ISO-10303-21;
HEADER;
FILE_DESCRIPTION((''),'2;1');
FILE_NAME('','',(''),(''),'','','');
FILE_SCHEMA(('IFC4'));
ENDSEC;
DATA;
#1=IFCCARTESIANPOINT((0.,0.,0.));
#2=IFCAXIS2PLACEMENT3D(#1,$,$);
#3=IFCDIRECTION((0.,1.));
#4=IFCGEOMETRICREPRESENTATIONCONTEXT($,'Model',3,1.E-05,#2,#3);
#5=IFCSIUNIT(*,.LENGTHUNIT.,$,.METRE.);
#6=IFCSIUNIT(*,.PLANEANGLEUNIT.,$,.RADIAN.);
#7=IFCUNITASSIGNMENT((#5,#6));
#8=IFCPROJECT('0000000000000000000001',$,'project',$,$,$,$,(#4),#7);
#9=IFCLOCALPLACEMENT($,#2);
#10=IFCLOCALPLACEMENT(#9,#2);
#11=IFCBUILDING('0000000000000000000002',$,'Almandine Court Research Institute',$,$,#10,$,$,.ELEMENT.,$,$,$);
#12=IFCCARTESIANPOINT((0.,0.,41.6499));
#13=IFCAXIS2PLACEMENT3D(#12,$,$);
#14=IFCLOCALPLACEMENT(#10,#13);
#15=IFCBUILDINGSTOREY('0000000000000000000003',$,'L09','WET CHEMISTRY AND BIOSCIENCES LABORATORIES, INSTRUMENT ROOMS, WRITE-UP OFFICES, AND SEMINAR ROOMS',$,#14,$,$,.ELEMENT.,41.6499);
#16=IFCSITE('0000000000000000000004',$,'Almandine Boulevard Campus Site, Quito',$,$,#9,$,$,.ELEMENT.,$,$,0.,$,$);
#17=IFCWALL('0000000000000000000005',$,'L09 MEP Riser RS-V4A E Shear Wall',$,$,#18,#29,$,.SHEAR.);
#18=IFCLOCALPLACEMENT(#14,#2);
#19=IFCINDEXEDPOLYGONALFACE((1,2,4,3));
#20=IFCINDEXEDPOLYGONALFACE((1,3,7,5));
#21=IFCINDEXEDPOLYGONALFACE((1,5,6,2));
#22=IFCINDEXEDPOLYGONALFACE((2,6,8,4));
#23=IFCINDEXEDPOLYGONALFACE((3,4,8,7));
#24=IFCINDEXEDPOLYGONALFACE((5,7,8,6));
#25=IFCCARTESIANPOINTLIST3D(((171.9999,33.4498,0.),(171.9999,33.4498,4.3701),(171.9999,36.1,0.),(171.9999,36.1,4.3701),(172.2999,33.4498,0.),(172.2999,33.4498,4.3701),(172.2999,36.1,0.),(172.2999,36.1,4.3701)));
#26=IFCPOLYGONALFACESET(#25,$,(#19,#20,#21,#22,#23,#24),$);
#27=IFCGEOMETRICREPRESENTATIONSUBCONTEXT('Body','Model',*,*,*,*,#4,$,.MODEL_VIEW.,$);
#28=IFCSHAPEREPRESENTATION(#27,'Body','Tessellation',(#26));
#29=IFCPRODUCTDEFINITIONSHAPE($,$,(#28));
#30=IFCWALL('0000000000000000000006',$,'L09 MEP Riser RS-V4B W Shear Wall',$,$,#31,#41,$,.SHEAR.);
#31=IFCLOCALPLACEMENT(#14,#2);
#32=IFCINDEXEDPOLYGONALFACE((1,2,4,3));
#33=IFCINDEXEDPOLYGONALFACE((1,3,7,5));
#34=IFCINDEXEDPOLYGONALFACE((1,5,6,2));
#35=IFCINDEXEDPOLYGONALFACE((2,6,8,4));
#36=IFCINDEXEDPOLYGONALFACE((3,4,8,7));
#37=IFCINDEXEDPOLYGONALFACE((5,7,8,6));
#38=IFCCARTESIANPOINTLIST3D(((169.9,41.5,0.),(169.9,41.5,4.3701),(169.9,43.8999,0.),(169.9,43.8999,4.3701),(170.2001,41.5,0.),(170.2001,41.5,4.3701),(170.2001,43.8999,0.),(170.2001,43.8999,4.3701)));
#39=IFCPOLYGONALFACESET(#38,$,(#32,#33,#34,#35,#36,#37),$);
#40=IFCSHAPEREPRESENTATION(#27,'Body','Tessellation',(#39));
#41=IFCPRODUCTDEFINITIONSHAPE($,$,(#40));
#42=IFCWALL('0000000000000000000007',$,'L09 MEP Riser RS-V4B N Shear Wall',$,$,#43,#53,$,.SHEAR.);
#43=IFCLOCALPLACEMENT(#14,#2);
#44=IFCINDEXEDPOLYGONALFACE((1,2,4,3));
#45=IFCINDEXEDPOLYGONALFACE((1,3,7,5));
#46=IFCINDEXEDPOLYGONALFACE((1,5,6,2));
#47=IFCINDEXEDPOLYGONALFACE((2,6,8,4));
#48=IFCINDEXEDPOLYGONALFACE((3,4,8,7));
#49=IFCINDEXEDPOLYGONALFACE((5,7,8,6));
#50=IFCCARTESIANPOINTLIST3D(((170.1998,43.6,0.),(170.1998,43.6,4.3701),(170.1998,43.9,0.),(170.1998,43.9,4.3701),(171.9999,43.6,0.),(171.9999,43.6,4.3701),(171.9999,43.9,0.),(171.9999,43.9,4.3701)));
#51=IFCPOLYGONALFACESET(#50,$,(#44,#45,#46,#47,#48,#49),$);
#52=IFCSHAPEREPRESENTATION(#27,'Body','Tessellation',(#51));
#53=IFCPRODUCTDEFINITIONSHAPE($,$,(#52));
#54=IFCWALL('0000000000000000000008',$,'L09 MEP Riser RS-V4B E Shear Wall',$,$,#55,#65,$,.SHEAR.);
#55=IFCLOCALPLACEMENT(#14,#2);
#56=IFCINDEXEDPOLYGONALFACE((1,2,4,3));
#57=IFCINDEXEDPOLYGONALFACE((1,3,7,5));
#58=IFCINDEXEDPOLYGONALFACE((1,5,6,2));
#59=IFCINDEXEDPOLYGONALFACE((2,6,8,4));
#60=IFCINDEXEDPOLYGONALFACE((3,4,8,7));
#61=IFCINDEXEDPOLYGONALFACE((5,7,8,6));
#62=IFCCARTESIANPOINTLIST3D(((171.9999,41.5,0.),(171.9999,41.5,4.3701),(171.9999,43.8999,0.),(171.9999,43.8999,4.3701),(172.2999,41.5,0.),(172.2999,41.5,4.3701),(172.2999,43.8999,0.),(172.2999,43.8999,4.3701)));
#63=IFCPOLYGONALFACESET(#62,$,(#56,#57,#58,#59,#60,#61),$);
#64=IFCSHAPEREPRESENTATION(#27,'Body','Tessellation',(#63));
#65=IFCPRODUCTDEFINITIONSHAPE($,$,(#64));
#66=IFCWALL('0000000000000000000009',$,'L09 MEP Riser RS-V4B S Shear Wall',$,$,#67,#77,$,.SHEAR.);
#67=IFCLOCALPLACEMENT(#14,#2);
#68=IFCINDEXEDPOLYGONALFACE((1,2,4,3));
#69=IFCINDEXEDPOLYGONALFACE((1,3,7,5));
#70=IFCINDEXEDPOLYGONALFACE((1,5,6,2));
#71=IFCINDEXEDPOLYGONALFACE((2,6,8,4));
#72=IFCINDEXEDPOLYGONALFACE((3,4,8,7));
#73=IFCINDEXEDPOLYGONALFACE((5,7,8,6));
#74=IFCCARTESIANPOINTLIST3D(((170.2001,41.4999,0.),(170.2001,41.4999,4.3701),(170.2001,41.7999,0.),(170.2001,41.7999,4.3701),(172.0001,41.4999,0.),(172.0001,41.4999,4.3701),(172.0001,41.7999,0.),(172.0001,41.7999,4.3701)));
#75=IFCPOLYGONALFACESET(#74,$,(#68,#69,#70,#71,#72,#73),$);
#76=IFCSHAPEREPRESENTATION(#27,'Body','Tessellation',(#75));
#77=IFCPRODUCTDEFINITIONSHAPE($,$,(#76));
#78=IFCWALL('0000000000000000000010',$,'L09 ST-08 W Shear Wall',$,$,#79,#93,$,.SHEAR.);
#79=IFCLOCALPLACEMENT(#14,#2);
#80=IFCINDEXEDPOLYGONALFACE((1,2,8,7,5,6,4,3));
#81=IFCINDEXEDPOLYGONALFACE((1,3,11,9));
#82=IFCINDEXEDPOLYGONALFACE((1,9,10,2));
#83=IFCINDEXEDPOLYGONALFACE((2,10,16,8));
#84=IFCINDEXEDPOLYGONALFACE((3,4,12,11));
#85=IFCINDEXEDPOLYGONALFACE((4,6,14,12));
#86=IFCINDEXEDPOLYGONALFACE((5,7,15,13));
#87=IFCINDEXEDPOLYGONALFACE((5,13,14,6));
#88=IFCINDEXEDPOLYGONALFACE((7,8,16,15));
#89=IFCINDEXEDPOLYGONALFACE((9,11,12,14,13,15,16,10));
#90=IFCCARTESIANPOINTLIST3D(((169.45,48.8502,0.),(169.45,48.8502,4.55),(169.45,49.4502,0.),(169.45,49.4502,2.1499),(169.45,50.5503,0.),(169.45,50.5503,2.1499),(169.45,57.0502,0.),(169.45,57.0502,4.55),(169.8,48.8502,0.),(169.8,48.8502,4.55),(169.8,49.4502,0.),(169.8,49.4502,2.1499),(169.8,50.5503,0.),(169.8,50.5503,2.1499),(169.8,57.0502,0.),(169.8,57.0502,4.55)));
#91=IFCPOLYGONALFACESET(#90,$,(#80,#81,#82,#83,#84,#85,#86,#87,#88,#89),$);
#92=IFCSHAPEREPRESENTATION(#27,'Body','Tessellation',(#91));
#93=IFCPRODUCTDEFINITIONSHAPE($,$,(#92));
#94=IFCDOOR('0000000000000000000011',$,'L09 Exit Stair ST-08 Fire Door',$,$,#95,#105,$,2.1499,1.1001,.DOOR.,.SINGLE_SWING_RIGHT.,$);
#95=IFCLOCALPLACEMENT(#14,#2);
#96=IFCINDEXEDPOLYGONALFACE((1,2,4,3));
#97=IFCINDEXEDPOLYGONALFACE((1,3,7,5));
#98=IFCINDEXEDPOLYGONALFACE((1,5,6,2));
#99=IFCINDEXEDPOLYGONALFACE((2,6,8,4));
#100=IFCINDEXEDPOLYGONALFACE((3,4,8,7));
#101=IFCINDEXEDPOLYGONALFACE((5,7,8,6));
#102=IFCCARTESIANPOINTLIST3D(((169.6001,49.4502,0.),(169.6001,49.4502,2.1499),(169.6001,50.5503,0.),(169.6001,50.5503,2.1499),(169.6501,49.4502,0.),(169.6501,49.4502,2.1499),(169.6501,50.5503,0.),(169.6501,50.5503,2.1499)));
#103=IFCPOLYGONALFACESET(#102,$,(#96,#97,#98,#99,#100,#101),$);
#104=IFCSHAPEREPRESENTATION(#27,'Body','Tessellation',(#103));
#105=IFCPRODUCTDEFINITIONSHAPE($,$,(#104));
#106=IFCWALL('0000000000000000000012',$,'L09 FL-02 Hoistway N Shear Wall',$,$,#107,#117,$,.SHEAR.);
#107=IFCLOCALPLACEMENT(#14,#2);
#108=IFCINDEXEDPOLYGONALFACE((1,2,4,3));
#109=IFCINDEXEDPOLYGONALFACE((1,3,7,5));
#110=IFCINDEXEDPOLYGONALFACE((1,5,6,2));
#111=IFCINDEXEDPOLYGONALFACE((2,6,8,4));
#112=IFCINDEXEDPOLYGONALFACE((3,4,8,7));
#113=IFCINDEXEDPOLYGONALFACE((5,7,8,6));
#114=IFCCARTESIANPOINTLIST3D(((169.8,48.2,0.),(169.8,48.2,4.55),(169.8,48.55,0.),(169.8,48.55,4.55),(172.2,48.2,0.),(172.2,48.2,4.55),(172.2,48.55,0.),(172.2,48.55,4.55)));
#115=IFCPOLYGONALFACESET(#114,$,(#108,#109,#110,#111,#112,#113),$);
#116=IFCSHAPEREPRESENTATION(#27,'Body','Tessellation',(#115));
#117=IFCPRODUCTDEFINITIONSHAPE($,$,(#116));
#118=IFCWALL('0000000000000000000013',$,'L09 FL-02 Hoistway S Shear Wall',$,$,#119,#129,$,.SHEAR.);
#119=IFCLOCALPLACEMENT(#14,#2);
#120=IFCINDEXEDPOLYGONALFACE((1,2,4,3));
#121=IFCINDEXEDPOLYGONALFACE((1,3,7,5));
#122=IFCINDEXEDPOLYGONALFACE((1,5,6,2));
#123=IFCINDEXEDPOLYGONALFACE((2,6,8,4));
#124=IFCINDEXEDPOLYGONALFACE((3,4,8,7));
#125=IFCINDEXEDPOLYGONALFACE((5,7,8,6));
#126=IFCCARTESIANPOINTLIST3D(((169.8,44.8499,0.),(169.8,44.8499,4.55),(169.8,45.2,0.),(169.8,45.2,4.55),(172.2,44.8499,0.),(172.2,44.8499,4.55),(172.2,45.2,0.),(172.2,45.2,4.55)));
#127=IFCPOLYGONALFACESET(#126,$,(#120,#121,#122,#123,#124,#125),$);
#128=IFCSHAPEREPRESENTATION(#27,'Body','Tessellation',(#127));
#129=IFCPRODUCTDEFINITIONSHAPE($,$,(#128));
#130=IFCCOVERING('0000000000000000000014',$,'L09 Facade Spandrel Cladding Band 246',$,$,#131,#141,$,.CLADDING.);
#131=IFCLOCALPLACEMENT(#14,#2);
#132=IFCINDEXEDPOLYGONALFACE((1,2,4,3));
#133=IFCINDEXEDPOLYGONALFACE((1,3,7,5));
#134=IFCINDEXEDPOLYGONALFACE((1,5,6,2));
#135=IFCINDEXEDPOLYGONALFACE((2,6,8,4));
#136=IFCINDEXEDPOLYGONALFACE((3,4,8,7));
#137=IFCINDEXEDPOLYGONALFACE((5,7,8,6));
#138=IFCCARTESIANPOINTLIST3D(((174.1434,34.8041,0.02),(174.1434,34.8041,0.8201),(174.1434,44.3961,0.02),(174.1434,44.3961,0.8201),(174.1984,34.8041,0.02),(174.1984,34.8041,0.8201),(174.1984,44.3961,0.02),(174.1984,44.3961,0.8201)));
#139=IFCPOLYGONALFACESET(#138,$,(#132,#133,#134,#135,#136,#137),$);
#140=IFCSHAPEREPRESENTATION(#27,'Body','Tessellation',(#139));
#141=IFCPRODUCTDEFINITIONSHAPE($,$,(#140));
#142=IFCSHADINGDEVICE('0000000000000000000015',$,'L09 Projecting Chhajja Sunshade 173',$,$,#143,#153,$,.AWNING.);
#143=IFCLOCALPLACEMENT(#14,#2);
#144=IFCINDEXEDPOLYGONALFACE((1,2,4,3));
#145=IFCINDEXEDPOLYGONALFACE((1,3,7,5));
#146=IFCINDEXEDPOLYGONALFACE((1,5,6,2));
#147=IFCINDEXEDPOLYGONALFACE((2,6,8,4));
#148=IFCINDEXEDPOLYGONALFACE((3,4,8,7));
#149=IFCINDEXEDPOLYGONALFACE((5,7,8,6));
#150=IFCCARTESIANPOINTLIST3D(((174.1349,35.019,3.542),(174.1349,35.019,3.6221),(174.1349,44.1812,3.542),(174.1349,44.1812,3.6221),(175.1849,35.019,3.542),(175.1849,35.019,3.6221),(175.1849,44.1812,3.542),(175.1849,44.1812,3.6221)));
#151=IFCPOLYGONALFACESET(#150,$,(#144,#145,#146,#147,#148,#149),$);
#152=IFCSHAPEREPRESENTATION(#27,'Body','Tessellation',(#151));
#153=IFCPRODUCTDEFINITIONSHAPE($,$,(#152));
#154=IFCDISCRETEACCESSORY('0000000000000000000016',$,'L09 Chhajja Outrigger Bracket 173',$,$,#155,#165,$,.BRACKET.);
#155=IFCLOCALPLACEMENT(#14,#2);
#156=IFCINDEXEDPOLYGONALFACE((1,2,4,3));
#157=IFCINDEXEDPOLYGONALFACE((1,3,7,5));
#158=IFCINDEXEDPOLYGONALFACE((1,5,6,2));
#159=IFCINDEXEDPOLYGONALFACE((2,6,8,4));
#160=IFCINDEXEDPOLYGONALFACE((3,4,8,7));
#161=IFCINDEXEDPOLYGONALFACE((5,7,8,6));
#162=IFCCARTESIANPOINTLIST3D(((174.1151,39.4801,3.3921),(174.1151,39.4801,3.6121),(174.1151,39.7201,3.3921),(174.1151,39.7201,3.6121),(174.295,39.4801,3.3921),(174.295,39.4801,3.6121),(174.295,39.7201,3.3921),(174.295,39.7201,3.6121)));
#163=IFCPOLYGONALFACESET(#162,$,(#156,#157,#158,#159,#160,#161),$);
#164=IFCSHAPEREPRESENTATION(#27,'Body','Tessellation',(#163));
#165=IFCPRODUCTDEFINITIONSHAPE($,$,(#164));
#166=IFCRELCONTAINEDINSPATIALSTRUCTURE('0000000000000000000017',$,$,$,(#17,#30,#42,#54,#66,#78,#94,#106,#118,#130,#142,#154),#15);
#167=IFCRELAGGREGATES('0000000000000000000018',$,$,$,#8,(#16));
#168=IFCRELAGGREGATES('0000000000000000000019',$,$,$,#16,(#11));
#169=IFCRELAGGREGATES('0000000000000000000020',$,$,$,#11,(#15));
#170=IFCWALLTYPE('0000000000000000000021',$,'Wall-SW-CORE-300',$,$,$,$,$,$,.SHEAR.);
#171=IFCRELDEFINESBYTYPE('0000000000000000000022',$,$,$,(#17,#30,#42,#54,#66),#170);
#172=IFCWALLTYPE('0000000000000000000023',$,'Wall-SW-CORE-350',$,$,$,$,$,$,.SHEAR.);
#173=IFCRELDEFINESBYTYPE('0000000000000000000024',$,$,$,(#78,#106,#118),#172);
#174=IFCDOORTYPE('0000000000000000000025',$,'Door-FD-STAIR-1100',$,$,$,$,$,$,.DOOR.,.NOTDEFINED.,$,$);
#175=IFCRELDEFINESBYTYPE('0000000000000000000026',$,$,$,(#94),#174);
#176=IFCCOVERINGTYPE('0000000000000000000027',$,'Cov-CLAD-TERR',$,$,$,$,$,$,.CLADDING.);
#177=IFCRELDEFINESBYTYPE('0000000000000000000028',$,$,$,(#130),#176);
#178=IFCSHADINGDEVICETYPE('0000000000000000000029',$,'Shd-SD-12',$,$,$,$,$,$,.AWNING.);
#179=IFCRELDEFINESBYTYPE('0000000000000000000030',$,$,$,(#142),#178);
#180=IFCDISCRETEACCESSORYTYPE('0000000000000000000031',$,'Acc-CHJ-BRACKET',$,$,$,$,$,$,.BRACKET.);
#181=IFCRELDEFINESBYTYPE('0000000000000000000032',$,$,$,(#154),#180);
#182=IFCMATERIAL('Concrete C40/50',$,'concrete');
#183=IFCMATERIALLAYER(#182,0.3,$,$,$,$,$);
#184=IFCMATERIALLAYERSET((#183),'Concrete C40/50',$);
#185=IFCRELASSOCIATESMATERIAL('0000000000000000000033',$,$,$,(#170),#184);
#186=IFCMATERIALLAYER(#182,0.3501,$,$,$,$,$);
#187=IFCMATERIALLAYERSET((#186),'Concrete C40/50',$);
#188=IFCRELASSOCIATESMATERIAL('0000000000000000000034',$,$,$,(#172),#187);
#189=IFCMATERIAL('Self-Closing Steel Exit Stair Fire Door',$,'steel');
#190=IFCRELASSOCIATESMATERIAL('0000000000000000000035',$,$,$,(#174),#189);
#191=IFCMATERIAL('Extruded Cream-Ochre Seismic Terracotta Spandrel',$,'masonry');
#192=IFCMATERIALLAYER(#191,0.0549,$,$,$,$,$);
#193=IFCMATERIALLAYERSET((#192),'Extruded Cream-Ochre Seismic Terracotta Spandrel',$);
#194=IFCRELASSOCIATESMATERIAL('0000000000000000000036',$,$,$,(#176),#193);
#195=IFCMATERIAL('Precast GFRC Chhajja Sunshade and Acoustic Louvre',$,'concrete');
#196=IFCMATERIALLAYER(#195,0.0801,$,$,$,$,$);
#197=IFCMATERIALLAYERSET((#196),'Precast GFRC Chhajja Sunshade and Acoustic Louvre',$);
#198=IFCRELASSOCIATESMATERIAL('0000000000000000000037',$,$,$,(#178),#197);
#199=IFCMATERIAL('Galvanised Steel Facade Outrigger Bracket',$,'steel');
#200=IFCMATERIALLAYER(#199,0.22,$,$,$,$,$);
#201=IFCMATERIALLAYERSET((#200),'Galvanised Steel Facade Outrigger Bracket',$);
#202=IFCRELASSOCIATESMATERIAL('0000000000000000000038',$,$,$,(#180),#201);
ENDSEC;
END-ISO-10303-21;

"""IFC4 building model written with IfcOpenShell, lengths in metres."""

from ifc_helpers import new_model, si_unit, direction, frame, frame_2d, origin, origin_2d, place, context, subcontext, project, spatial, rectangle, extrude, material, layer, layer_set, type_object, element, fill, save


model = new_model("IFC4")

# Units and contexts
model_context = context("Model", 3, precision=1e-05, world=origin(), true_north=direction((0.0, 1.0)))
body_context = subcontext(model_context, "Body", "Model", "MODEL_VIEW")
ifc_project = project(units=[si_unit("LENGTHUNIT", "METRE"), si_unit("PLANEANGLEUNIT", "RADIAN")], contexts=[model_context])

# Site, building, storey
site_placement = place(None, origin())
site = spatial("IfcSite", under=ifc_project, at=site_placement, Name="Almandine Boulevard Campus Site, Quito", CompositionType="ELEMENT", RefElevation=0.0)
building_placement = place(site_placement, origin())
building = spatial("IfcBuilding", under=site, at=building_placement, Name="Almandine Court Research Institute", CompositionType="ELEMENT")
storey_placement = place(building_placement, frame((0.0, 0.0, 41.6499)))
storey = spatial("IfcBuildingStorey", under=building, at=storey_placement, Name="L09", Description="WET CHEMISTRY AND BIOSCIENCES LABORATORIES, INSTRUMENT ROOMS, WRITE-UP OFFICES, AND SEMINAR ROOMS", CompositionType="ELEMENT", Elevation=41.6499)

# Walls
ifc_material_1 = material(Name="Concrete C40/50", Category="concrete")
ifc_layer_1 = layer(ifc_material_1, 0.3)
ifc_layer_set_1 = layer_set([ifc_layer_1], Name="Concrete C40/50")
wall_type_1 = type_object("IfcWallType", Name="Wall-SW-CORE-300", PredefinedType="SHEAR", material=ifc_layer_set_1)
wall_1_placement = place(storey_placement, frame((172.1499, 36.1001, 0.0), z_axis=(0.0, 0.0, 1.0), x_axis=(0.0, -1.0, 0.0)))
element("IfcWall", 1, at=wall_1_placement, inside=storey, type_object=wall_type_1, Name="L09 MEP Riser RS-V4A E Shear Wall", PredefinedType="SHEAR", context=body_context, shape_type="SweptSolid", body=[
    extrude(rectangle(XDim=2.6501, YDim=0.3, at=frame_2d((1.3252, 0.0))), origin(), (0.0, 0.0, 1.0), 4.3701),
])
wall_2_placement = place(storey_placement, frame((170.05, 41.5, 0.0), z_axis=(0.0, 0.0, 1.0), x_axis=(0.0, 1.0, 0.0)))
element("IfcWall", 2, at=wall_2_placement, inside=storey, type_object=wall_type_1, Name="L09 MEP Riser RS-V4B W Shear Wall", PredefinedType="SHEAR", context=body_context, shape_type="SweptSolid", body=[
    extrude(rectangle(XDim=2.3999, YDim=0.3, at=frame_2d((1.2, 0.0))), origin(), (0.0, 0.0, 1.0), 4.3701),
])
wall_3_placement = place(storey_placement, frame((170.2, 43.75, 0.0), z_axis=(0.0, 0.0, 1.0), x_axis=(1.0, 0.0, 0.0)))
element("IfcWall", 3, at=wall_3_placement, inside=storey, type_object=wall_type_1, Name="L09 MEP Riser RS-V4B N Shear Wall", PredefinedType="SHEAR", context=body_context, shape_type="SweptSolid", body=[
    extrude(rectangle(XDim=1.8, YDim=0.3, at=frame_2d((0.8999, 0.0))), origin(), (0.0, 0.0, 1.0), 4.3701),
])
wall_4_placement = place(storey_placement, frame((172.1499, 43.8999, 0.0), z_axis=(0.0, 0.0, 1.0), x_axis=(0.0, -1.0, 0.0)))
element("IfcWall", 4, at=wall_4_placement, inside=storey, type_object=wall_type_1, Name="L09 MEP Riser RS-V4B E Shear Wall", PredefinedType="SHEAR", context=body_context, shape_type="SweptSolid", body=[
    extrude(rectangle(XDim=2.3999, YDim=0.3, at=frame_2d((1.2, 0.0))), origin(), (0.0, 0.0, 1.0), 4.3701),
])
wall_5_placement = place(storey_placement, frame((172.0, 41.6499, 0.0), z_axis=(0.0, 0.0, 1.0), x_axis=(-1.0, 0.0, 0.0)))
element("IfcWall", 5, at=wall_5_placement, inside=storey, type_object=wall_type_1, Name="L09 MEP Riser RS-V4B S Shear Wall", PredefinedType="SHEAR", context=body_context, shape_type="SweptSolid", body=[
    extrude(rectangle(XDim=1.8, YDim=0.3, at=frame_2d((0.8999, 0.0))), origin(), (0.0, 0.0, 1.0), 4.3701),
])

# Wall, opening, door
ifc_layer_2 = layer(ifc_material_1, 0.3501)
ifc_layer_set_2 = layer_set([ifc_layer_2], Name="Concrete C40/50")
wall_type_2 = type_object("IfcWallType", Name="Wall-SW-CORE-350", PredefinedType="SHEAR", material=ifc_layer_set_2)
wall_6_placement = place(storey_placement, frame((169.625, 48.8501, 0.0), z_axis=(0.0, 0.0, 1.0), x_axis=(0.0, 1.0, 0.0)))
wall_6 = element("IfcWall", 6, at=wall_6_placement, inside=storey, type_object=wall_type_2, Name="L09 ST-08 W Shear Wall", PredefinedType="SHEAR", context=body_context, shape_type="SweptSolid", body=[
    extrude(rectangle(XDim=8.2, YDim=0.3501, at=frame_2d((4.1001, 0.0))), origin(), (0.0, 0.0, 1.0), 4.55),
])
opening_1_placement = place(wall_6_placement, frame((0.6001, 0.0, 0.0)))
opening_1 = element("IfcOpeningElement", 7, at=opening_1_placement, cuts=wall_6, PredefinedType="OPENING", context=body_context, shape_type="SweptSolid", body=[
    extrude(rectangle(XDim=1.1001, YDim=2.1499, at=frame_2d((0.55, 1.075))), frame((0.0, 0.1851, 0.0), z_axis=(0.0, -1.0, 0.0), x_axis=(1.0, 0.0, 0.0)), (0.0, 0.0, 1.0), 0.3701),
])
ifc_material_2 = material(Name="Self-Closing Steel Exit Stair Fire Door", Category="steel")
door_type_1 = type_object("IfcDoorType", Name="Door-FD-STAIR-1100", OperationType="NOTDEFINED", PredefinedType="DOOR", material=ifc_material_2)
door_1_placement = place(opening_1_placement, origin())
door_1 = element("IfcDoor", 8, at=door_1_placement, inside=storey, type_object=door_type_1, Name="L09 Exit Stair ST-08 Fire Door", OperationType="SINGLE_SWING_RIGHT", OverallHeight=2.1499, OverallWidth=1.1001, PredefinedType="DOOR", context=body_context, shape_type="SweptSolid", body=[
    extrude(rectangle(XDim=1.1001, YDim=2.1499, at=frame_2d((0.55, 1.075))), frame((0.0, 0.0249, 0.0), z_axis=(0.0, -1.0, 0.0), x_axis=(1.0, 0.0, 0.0)), (0.0, 0.0, 1.0), 0.05),
])
fill(opening_1, door_1)

# Walls
for number, where, z_axis, x_axis, name in (
    (9, (169.8, 48.375, 0.0), (0.0, 0.0, 1.0), (1.0, 0.0, 0.0), "L09 FL-02 Hoistway N Shear Wall"),
    (10, (172.2, 45.0249, 0.0), (0.0, 0.0, 1.0), (-1.0, 0.0, 0.0), "L09 FL-02 Hoistway S Shear Wall"),
):
    element("IfcWall", number, at=place(storey_placement, frame(where, z_axis=z_axis, x_axis=x_axis)), inside=storey, type_object=wall_type_2, Name=name, PredefinedType="SHEAR", context=body_context, shape_type="SweptSolid", body=[
        extrude(rectangle(XDim=2.3999, YDim=0.3501, at=frame_2d((1.2, 0.0))), origin(), (0.0, 0.0, 1.0), 4.55),
    ])

# Covering
ifc_material_3 = material(Name="Extruded Cream-Ochre Seismic Terracotta Spandrel", Category="masonry")
ifc_layer_3 = layer(ifc_material_3, 0.0549)
ifc_layer_set_3 = layer_set([ifc_layer_3], Name="Extruded Cream-Ochre Seismic Terracotta Spandrel")
covering_type = type_object("IfcCoveringType", Name="Cov-CLAD-TERR", PredefinedType="CLADDING", material=ifc_layer_set_3)
covering_placement = place(storey_placement, frame((174.1709, 39.6001, 0.02), z_axis=(0.0, 0.0, 1.0), x_axis=(0.0, -1.0, 0.0)))
element("IfcCovering", 11, at=covering_placement, inside=storey, type_object=covering_type, Name="L09 Facade Spandrel Cladding Band 246", PredefinedType="CLADDING", context=body_context, shape_type="SweptSolid", body=[
    extrude(rectangle(XDim=9.592, YDim=0.0549, at=origin_2d()), origin(), (0.0, 0.0, 1.0), 0.8),
])

# Shading device
ifc_material_4 = material(Name="Precast GFRC Chhajja Sunshade and Acoustic Louvre", Category="concrete")
ifc_layer_4 = layer(ifc_material_4, 0.0801)
ifc_layer_set_4 = layer_set([ifc_layer_4], Name="Precast GFRC Chhajja Sunshade and Acoustic Louvre")
shading_device_type = type_object("IfcShadingDeviceType", Name="Shd-SD-12", PredefinedType="AWNING", material=ifc_layer_set_4)
shading_device_placement = place(storey_placement, frame((174.6599, 39.6001, 3.542), z_axis=(0.0, 0.0, 1.0), x_axis=(0.0, -1.0, 0.0)))
element("IfcShadingDevice", 12, at=shading_device_placement, inside=storey, type_object=shading_device_type, Name="L09 Projecting Chhajja Sunshade 173", PredefinedType="AWNING", context=body_context, shape_type="SweptSolid", body=[
    extrude(rectangle(XDim=9.1621, YDim=1.05, at=origin_2d()), origin(), (0.0, 0.0, 1.0), 0.0801),
])

# Discrete accessory
ifc_material_5 = material(Name="Galvanised Steel Facade Outrigger Bracket", Category="steel")
ifc_layer_5 = layer(ifc_material_5, 0.22)
ifc_layer_set_5 = layer_set([ifc_layer_5], Name="Galvanised Steel Facade Outrigger Bracket")
discrete_accessory_type = type_object("IfcDiscreteAccessoryType", Name="Acc-CHJ-BRACKET", PredefinedType="BRACKET", material=ifc_layer_set_5)
discrete_accessory_placement = place(storey_placement, frame((174.2051, 39.6001, 3.3921), z_axis=(0.0, 0.0, 1.0), x_axis=(0.0, -1.0, 0.0)))
element("IfcDiscreteAccessory", 13, at=discrete_accessory_placement, inside=storey, type_object=discrete_accessory_type, Name="L09 Chhajja Outrigger Bracket 173", PredefinedType="BRACKET", context=body_context, shape_type="SweptSolid", body=[
    extrude(rectangle(XDim=0.24, YDim=0.1799, at=origin_2d()), origin(), (0.0, 0.0, 1.0), 0.22),
])

save(model, "model.ifc")
